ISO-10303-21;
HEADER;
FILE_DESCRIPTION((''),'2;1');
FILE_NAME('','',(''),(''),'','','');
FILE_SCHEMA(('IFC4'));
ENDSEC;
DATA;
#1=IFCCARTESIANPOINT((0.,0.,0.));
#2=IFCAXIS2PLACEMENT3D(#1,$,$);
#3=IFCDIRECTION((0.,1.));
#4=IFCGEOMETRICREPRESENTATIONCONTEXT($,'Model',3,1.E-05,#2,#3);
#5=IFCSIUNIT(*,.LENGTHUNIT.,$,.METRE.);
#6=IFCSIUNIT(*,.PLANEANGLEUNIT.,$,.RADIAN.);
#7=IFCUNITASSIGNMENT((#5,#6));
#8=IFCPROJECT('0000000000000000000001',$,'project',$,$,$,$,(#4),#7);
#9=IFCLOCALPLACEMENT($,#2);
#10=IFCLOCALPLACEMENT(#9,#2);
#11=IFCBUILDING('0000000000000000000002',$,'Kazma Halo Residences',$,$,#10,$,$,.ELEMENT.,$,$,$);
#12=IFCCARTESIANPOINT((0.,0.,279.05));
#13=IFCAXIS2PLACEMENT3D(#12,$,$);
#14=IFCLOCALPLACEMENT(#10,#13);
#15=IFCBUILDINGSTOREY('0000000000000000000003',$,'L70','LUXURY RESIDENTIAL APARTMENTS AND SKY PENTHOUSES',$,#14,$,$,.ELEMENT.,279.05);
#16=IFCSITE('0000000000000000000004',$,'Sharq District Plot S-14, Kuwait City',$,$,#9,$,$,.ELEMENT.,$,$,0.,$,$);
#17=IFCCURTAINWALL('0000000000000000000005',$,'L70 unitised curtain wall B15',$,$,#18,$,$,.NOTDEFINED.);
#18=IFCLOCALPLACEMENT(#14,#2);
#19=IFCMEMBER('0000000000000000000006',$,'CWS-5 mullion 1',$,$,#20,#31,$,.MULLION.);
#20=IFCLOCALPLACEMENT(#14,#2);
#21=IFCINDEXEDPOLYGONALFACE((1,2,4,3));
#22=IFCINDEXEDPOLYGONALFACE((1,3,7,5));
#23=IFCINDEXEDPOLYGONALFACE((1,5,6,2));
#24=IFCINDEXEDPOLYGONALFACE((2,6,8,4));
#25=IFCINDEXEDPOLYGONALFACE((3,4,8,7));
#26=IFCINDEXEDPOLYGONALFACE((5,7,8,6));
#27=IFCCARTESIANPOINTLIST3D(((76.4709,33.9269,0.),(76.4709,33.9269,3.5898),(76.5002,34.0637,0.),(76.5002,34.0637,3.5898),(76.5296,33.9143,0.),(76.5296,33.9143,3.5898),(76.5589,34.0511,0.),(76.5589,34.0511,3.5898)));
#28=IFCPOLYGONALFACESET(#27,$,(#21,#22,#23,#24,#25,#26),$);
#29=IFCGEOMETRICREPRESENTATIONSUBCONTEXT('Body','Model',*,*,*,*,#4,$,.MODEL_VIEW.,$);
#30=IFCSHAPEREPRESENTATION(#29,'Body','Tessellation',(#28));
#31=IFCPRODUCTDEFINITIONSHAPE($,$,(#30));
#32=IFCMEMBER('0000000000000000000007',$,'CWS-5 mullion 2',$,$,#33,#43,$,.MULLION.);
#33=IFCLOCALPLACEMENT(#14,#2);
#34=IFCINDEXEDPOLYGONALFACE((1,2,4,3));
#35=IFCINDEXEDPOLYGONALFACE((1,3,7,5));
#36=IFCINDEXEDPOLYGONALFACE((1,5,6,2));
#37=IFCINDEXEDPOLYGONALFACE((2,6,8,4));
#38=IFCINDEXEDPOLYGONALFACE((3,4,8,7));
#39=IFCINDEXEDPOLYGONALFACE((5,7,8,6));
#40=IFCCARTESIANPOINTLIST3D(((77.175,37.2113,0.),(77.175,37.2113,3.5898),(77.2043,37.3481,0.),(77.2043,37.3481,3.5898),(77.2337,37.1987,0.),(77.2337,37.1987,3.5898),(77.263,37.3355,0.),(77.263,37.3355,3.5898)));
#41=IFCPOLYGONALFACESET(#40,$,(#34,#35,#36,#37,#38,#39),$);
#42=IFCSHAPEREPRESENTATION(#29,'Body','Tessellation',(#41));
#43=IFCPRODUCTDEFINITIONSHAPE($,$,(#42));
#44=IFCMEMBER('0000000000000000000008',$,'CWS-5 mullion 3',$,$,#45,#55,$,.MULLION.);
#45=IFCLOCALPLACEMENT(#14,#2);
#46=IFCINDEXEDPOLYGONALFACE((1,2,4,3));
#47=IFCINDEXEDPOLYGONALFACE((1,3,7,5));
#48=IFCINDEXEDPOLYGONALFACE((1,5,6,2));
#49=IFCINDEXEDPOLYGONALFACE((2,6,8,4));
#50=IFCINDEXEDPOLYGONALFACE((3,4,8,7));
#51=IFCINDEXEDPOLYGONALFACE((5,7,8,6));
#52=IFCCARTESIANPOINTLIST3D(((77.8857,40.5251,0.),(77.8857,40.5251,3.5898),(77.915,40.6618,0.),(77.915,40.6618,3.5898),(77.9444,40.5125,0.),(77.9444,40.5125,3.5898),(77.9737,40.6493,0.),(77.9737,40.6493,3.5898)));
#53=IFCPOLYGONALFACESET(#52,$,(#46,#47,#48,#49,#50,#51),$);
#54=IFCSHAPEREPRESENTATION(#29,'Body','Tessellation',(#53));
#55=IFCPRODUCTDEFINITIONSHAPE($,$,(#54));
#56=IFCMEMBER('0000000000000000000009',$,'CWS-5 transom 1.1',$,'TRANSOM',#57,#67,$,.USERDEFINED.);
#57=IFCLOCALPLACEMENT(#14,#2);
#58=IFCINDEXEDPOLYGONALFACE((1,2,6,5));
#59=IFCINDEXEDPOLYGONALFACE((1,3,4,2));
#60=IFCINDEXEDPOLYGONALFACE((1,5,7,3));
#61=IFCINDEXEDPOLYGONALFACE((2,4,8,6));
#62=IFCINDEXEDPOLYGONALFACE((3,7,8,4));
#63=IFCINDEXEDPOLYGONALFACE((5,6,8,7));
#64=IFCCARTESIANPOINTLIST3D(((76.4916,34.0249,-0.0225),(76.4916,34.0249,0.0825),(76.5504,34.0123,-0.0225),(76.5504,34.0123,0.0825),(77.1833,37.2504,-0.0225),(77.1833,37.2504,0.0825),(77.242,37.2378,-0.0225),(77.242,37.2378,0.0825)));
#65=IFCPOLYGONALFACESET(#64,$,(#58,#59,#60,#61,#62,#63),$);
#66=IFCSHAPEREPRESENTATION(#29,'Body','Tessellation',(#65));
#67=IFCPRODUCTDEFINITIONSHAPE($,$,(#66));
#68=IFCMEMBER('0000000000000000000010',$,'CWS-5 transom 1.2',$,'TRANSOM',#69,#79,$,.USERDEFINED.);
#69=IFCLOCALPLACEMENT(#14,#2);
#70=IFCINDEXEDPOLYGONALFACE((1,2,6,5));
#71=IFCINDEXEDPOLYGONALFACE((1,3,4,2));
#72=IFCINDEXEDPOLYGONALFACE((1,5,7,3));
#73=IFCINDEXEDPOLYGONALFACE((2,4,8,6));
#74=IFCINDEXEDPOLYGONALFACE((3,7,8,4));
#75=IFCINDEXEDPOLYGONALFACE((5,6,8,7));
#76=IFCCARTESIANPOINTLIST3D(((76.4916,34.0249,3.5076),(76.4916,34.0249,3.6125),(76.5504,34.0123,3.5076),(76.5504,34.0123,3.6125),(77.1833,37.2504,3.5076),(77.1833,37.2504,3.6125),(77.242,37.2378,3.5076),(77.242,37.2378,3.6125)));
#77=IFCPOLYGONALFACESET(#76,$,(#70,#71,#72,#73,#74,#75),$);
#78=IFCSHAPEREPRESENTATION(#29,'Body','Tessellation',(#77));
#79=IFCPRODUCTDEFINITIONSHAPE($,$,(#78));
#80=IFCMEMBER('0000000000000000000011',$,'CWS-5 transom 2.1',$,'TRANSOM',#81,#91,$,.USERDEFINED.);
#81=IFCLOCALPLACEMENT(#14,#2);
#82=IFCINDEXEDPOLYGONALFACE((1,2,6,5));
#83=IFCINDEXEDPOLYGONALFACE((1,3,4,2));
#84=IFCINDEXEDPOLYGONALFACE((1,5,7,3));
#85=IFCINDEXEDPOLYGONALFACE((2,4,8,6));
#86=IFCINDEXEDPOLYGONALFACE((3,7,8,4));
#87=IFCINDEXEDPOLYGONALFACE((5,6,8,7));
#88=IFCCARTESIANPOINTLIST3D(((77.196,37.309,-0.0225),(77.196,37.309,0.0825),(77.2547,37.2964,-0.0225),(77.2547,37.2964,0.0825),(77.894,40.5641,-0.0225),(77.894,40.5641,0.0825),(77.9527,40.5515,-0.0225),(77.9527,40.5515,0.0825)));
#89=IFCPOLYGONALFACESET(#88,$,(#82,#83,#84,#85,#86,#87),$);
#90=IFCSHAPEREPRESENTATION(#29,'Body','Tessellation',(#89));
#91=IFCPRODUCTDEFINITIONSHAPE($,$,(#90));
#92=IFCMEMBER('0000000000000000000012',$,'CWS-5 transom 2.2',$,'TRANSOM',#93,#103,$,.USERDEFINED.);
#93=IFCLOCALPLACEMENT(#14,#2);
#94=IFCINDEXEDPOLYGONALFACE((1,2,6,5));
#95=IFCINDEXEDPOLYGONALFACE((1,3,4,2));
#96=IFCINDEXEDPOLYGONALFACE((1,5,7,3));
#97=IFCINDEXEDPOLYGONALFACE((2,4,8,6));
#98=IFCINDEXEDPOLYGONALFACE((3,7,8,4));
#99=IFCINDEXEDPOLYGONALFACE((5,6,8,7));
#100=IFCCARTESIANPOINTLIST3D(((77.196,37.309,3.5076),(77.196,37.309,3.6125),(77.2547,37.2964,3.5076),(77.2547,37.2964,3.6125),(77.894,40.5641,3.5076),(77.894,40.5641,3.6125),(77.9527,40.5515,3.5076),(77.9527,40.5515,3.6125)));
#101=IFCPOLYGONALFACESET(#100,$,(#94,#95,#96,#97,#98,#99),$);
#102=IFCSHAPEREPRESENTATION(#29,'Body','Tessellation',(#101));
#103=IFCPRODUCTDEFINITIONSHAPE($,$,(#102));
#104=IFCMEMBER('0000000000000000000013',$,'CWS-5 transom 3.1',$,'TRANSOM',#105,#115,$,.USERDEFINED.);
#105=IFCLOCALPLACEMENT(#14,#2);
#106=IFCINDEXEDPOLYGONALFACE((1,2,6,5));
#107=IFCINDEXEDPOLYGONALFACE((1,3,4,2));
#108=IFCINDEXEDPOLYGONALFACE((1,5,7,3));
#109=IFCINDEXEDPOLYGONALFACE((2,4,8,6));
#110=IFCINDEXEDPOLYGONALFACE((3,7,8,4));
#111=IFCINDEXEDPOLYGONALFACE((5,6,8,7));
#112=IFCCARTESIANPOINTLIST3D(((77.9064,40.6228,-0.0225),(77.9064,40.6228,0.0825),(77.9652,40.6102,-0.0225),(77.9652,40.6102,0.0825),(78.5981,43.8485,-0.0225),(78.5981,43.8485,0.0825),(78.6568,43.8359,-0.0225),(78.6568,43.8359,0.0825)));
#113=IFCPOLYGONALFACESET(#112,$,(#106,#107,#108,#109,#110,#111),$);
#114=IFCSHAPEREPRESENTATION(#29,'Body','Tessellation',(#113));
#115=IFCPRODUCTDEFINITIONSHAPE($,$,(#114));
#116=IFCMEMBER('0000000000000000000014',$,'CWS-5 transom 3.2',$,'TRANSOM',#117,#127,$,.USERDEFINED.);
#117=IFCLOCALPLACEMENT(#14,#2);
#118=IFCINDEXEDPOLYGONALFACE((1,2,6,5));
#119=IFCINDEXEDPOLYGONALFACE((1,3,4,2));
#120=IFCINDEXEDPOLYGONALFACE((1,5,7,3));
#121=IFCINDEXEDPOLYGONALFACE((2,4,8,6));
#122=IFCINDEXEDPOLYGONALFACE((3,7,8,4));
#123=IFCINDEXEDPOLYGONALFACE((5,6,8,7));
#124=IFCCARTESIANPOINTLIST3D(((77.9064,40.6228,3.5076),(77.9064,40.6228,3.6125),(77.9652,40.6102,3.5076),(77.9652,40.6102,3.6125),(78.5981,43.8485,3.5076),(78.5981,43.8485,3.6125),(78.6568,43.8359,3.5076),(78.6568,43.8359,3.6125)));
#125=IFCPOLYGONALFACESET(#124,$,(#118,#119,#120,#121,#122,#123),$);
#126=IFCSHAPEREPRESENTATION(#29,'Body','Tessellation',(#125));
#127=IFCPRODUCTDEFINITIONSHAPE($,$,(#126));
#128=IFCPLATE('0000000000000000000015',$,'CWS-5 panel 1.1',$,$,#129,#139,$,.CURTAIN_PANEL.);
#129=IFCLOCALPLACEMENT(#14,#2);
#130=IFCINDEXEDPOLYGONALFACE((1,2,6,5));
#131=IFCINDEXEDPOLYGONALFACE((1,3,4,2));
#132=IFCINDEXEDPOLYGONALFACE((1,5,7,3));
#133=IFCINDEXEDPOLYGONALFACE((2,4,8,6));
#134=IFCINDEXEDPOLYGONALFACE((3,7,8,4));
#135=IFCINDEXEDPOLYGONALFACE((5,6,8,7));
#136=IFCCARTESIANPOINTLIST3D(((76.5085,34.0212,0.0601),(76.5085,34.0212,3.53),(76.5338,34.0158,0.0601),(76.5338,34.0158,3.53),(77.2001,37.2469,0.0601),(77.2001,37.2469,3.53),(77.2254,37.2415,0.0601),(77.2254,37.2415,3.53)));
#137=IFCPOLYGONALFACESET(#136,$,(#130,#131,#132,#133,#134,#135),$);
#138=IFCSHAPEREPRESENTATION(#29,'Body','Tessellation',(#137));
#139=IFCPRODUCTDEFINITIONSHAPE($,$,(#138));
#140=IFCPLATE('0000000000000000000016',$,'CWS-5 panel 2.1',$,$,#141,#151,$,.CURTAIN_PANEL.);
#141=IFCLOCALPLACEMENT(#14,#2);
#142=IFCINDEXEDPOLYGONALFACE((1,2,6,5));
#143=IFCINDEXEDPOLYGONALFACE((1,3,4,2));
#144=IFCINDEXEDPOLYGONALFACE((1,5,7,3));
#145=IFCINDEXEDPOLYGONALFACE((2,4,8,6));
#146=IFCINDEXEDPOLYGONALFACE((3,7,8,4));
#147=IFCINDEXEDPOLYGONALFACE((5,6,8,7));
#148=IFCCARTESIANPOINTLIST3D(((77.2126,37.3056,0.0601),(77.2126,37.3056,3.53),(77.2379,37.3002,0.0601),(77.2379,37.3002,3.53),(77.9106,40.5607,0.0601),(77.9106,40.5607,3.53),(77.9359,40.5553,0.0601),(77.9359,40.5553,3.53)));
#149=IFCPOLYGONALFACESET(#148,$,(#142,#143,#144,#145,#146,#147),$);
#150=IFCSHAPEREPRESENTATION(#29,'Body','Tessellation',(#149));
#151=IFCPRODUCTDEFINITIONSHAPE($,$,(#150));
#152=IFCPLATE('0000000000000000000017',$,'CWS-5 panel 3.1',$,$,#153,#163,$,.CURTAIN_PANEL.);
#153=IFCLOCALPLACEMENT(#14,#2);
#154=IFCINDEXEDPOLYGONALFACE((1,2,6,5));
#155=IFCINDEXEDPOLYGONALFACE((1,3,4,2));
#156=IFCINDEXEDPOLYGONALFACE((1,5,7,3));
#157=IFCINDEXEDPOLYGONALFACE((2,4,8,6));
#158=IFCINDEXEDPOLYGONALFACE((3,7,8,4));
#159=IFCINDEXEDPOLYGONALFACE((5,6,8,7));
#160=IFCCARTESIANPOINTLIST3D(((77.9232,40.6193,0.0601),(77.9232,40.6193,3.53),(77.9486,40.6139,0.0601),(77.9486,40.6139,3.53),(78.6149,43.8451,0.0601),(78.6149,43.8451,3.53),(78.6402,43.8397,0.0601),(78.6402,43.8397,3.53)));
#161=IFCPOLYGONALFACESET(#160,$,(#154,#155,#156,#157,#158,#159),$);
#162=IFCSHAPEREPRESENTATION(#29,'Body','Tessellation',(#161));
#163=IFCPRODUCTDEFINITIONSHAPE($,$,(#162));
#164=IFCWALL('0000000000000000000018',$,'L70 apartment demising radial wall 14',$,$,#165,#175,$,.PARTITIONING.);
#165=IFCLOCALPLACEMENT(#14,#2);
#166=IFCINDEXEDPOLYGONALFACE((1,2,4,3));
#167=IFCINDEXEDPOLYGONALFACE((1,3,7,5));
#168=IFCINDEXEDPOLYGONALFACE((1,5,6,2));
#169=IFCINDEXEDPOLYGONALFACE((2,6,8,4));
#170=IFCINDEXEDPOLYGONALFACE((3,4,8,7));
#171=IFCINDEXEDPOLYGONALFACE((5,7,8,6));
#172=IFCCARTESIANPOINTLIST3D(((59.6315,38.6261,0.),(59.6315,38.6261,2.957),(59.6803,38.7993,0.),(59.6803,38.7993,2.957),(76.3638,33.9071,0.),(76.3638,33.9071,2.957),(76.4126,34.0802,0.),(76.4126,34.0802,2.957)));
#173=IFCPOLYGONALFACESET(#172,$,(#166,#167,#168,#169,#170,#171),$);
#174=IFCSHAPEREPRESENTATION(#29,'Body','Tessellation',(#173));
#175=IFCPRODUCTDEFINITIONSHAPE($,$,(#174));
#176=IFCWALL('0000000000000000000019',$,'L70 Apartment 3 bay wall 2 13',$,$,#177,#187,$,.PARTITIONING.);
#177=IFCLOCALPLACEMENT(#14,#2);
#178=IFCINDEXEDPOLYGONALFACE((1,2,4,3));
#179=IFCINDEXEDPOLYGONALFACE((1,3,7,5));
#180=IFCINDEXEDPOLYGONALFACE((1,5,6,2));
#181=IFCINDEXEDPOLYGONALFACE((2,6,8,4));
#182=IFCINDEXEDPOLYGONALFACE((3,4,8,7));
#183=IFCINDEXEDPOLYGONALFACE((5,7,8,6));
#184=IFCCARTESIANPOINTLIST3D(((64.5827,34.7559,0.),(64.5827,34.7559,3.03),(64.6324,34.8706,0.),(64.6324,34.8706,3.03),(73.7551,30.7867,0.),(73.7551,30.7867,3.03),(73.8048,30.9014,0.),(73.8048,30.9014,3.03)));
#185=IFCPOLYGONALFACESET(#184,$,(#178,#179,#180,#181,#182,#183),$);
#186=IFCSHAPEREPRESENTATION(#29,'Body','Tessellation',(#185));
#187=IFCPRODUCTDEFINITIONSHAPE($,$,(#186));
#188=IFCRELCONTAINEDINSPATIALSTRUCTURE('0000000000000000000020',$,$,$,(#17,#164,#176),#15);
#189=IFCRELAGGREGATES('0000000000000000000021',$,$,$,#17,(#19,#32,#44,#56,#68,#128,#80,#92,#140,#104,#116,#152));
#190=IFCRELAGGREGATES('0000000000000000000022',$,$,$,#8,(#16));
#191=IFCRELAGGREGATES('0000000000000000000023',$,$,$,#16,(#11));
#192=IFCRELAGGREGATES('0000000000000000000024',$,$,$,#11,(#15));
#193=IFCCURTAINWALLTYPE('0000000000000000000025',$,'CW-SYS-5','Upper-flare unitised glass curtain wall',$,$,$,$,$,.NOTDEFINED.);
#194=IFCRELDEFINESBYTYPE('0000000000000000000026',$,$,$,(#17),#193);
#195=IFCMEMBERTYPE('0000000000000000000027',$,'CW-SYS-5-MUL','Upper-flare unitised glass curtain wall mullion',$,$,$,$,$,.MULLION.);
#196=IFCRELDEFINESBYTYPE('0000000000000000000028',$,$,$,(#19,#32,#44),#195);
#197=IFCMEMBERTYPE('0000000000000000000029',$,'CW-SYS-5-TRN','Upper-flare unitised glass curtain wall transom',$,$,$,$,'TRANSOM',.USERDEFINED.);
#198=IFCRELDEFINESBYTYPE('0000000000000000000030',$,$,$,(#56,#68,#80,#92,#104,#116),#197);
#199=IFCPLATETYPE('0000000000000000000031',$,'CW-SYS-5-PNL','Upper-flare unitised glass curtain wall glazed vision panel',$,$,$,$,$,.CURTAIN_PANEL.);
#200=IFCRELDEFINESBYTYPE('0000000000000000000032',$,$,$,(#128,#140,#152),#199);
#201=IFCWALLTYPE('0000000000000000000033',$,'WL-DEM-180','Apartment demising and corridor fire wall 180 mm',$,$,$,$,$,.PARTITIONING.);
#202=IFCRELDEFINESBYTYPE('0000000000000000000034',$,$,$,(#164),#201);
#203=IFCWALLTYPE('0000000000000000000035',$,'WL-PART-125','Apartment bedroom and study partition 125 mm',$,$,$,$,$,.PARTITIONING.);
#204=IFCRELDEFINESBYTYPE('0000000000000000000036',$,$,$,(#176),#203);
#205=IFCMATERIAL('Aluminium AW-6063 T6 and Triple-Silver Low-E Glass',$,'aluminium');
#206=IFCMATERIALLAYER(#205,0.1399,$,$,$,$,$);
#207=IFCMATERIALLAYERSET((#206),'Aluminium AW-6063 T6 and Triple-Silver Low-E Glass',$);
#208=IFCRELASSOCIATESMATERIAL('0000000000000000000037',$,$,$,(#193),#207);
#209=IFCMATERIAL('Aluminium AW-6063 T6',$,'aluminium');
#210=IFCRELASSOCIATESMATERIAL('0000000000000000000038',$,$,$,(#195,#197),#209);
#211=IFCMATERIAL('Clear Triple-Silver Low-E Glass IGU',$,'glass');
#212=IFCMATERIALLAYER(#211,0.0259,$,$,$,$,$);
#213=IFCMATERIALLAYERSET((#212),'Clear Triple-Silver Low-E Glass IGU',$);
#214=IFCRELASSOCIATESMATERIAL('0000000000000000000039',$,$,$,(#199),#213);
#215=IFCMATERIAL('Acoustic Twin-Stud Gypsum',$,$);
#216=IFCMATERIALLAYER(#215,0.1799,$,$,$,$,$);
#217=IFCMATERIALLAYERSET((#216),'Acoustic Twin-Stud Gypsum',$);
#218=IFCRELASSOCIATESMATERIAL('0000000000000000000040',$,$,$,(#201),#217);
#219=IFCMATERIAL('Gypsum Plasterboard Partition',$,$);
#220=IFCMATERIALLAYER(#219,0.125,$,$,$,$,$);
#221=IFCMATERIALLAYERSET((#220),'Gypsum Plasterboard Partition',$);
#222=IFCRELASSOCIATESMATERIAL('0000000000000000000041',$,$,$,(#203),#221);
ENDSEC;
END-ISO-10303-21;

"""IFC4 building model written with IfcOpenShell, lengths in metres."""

from ifc_helpers import new_model, si_unit, direction, frame, frame_2d, origin, origin_2d, place, context, subcontext, project, spatial, rectangle, extrude, material, layer, layer_set, material_profile, profile_set, type_object, element, aggregate, save


model = new_model("IFC4")

# Units and contexts
model_context = context("Model", 3, precision=1e-05, world=origin(), true_north=direction((0.0, 1.0)))
body_context = subcontext(model_context, "Body", "Model", "MODEL_VIEW")
ifc_project = project(units=[si_unit("LENGTHUNIT", "METRE"), si_unit("PLANEANGLEUNIT", "RADIAN")], contexts=[model_context])

# Site, building, storey
site_placement = place(None, origin())
site = spatial("IfcSite", under=ifc_project, at=site_placement, Name="Sharq District Plot S-14, Kuwait City", CompositionType="ELEMENT", RefElevation=0.0)
building_placement = place(site_placement, origin())
building = spatial("IfcBuilding", under=site, at=building_placement, Name="Kazma Halo Residences", CompositionType="ELEMENT")
storey_placement = place(building_placement, frame((0.0, 0.0, 279.05)))
storey = spatial("IfcBuildingStorey", under=building, at=storey_placement, Name="L70", Description="LUXURY RESIDENTIAL APARTMENTS AND SKY PENTHOUSES", CompositionType="ELEMENT", Elevation=279.05)

# Curtain wall, members, plates
ifc_material_1 = material(Name="Aluminium AW-6063 T6 and Triple-Silver Low-E Glass", Category="aluminium")
ifc_layer_1 = layer(ifc_material_1, 0.1399)
ifc_layer_set_1 = layer_set([ifc_layer_1], Name="Aluminium AW-6063 T6 and Triple-Silver Low-E Glass")
curtain_wall_type = type_object("IfcCurtainWallType", Name="CW-SYS-5", Description="Upper-flare unitised glass curtain wall", PredefinedType="NOTDEFINED", material=ifc_layer_set_1)
curtain_wall_placement = place(storey_placement, origin())
curtain_wall = element("IfcCurtainWall", 1, at=curtain_wall_placement, inside=storey, type_object=curtain_wall_type, Name="L70 unitised curtain wall B15", PredefinedType="NOTDEFINED")
ifc_material_2 = material(Name="Aluminium AW-6063 T6", Category="aluminium")
ifc_material_profile_1 = material_profile(ifc_material_2, rectangle(XDim=0.0601, YDim=0.1399, at=origin_2d()), Name="CWM-60x140")
ifc_profile_set_1 = profile_set([ifc_material_profile_1], Name="Aluminium AW-6063 T6")
member_type_1 = type_object("IfcMemberType", Name="CW-SYS-5-MUL", Description="Upper-flare unitised glass curtain wall mullion", PredefinedType="MULLION", material=ifc_profile_set_1)
member_1_placement = place(storey_placement, frame((76.5149, 33.989, 0.0), z_axis=(0.0, 0.0, 1.0), x_axis=(-0.977775, 0.209657, 0.0)))
member_1 = element("IfcMember", 2, at=member_1_placement, type_object=member_type_1, Name="CWS-5 mullion 1", PredefinedType="MULLION", context=body_context, shape_type="SweptSolid", body=[
    extrude(rectangle(XDim=0.0601, YDim=0.1399, at=origin_2d()), origin(), (0.0, 0.0, 1.0), 3.5898),
])
member_2_placement = place(storey_placement, frame((77.219, 37.2734, 0.0), z_axis=(0.0, 0.0, 1.0), x_axis=(-0.977775, 0.209657, 0.0)))
member_2 = element("IfcMember", 3, at=member_2_placement, type_object=member_type_1, Name="CWS-5 mullion 2", PredefinedType="MULLION", context=body_context, shape_type="SweptSolid", body=[
    extrude(rectangle(XDim=0.0601, YDim=0.1399, at=origin_2d()), origin(), (0.0, 0.0, 1.0), 3.5898),
])
member_3_placement = place(storey_placement, frame((77.9297, 40.5872, 0.0), z_axis=(0.0, 0.0, 1.0), x_axis=(-0.977775, 0.209657, 0.0)))
member_3 = element("IfcMember", 4, at=member_3_placement, type_object=member_type_1, Name="CWS-5 mullion 3", PredefinedType="MULLION", context=body_context, shape_type="SweptSolid", body=[
    extrude(rectangle(XDim=0.0601, YDim=0.1399, at=origin_2d()), origin(), (0.0, 0.0, 1.0), 3.5898),
])
ifc_material_profile_2 = material_profile(ifc_material_2, rectangle(XDim=0.0601, YDim=0.105, at=origin_2d()), Name="CWT-60x105")
ifc_profile_set_2 = profile_set([ifc_material_profile_2], Name="Aluminium AW-6063 T6")
member_type_2 = type_object("IfcMemberType", Name="CW-SYS-5-TRN", Description="Upper-flare unitised glass curtain wall transom", ElementType="TRANSOM", PredefinedType="USERDEFINED", material=ifc_profile_set_2)
member_4_placement = place(storey_placement, frame((76.521, 34.0186, 0.03), z_axis=(0.20966, 0.977774, 0.0), x_axis=(-0.977774, 0.20966, 0.0)))
member_4 = element("IfcMember", 5, at=member_4_placement, type_object=member_type_2, Name="CWS-5 transom 1.1", ObjectType="TRANSOM", PredefinedType="USERDEFINED", context=body_context, shape_type="SweptSolid", body=[
    extrude(rectangle(XDim=0.0601, YDim=0.105, at=origin_2d()), origin(), (0.0, 0.0, 1.0), 3.2988),
])
member_5_placement = place(storey_placement, frame((76.521, 34.0186, 3.5601), z_axis=(0.20966, 0.977774, 0.0), x_axis=(-0.977774, 0.20966, 0.0)))
member_5 = element("IfcMember", 6, at=member_5_placement, type_object=member_type_2, Name="CWS-5 transom 1.2", ObjectType="TRANSOM", PredefinedType="USERDEFINED", context=body_context, shape_type="SweptSolid", body=[
    extrude(rectangle(XDim=0.0601, YDim=0.105, at=origin_2d()), origin(), (0.0, 0.0, 1.0), 3.2988),
])
member_6_placement = place(storey_placement, frame((77.2253, 37.3027, 0.03), z_axis=(0.209664, 0.977773, 0.0), x_axis=(-0.977773, 0.209664, 0.0)))
member_6 = element("IfcMember", 7, at=member_6_placement, type_object=member_type_2, Name="CWS-5 transom 2.1", ObjectType="TRANSOM", PredefinedType="USERDEFINED", context=body_context, shape_type="SweptSolid", body=[
    extrude(rectangle(XDim=0.0601, YDim=0.105, at=origin_2d()), origin(), (0.0, 0.0, 1.0), 3.3291),
])
member_7_placement = place(storey_placement, frame((77.2253, 37.3027, 3.5601), z_axis=(0.209664, 0.977773, 0.0), x_axis=(-0.977773, 0.209664, 0.0)))
member_7 = element("IfcMember", 8, at=member_7_placement, type_object=member_type_2, Name="CWS-5 transom 2.2", ObjectType="TRANSOM", PredefinedType="USERDEFINED", context=body_context, shape_type="SweptSolid", body=[
    extrude(rectangle(XDim=0.0601, YDim=0.105, at=origin_2d()), origin(), (0.0, 0.0, 1.0), 3.3291),
])
member_8_placement = place(storey_placement, frame((77.9358, 40.6165, 0.03), z_axis=(0.209645, 0.977777, 0.0), x_axis=(-0.977777, 0.209645, 0.0)))
member_8 = element("IfcMember", 9, at=member_8_placement, type_object=member_type_2, Name="CWS-5 transom 3.1", ObjectType="TRANSOM", PredefinedType="USERDEFINED", context=body_context, shape_type="SweptSolid", body=[
    extrude(rectangle(XDim=0.0601, YDim=0.105, at=origin_2d()), origin(), (0.0, 0.0, 1.0), 3.2991),
])
member_9_placement = place(storey_placement, frame((77.9358, 40.6165, 3.5601), z_axis=(0.209645, 0.977777, 0.0), x_axis=(-0.977777, 0.209645, 0.0)))
member_9 = element("IfcMember", 10, at=member_9_placement, type_object=member_type_2, Name="CWS-5 transom 3.2", ObjectType="TRANSOM", PredefinedType="USERDEFINED", context=body_context, shape_type="SweptSolid", body=[
    extrude(rectangle(XDim=0.0601, YDim=0.105, at=origin_2d()), origin(), (0.0, 0.0, 1.0), 3.2991),
])
ifc_material_3 = material(Name="Clear Triple-Silver Low-E Glass IGU", Category="glass")
ifc_layer_2 = layer(ifc_material_3, 0.0259)
ifc_layer_set_2 = layer_set([ifc_layer_2], Name="Clear Triple-Silver Low-E Glass IGU")
plate_type = type_object("IfcPlateType", Name="CW-SYS-5-PNL", Description="Upper-flare unitised glass curtain wall glazed vision panel", PredefinedType="CURTAIN_PANEL", material=ifc_layer_set_2)
plate_1_placement = place(storey_placement, frame((76.8669, 35.6313, 0.0601), z_axis=(0.0, 0.0, 1.0), x_axis=(0.209657, 0.977775, 0.0)))
plate_1 = element("IfcPlate", 11, at=plate_1_placement, type_object=plate_type, Name="CWS-5 panel 1.1", PredefinedType="CURTAIN_PANEL", context=body_context, shape_type="SweptSolid", body=[
    extrude(rectangle(XDim=3.2991, YDim=0.0259, at=origin_2d()), origin(), (0.0, 0.0, 1.0), 3.47),
])
plate_2_placement = place(storey_placement, frame((77.5742, 38.9304, 0.0601), z_axis=(0.0, 0.0, 1.0), x_axis=(0.209657, 0.977775, 0.0)))
plate_2 = element("IfcPlate", 12, at=plate_2_placement, type_object=plate_type, Name="CWS-5 panel 2.1", PredefinedType="CURTAIN_PANEL", context=body_context, shape_type="SweptSolid", body=[
    extrude(rectangle(XDim=3.3291, YDim=0.0259, at=origin_2d()), origin(), (0.0, 0.0, 1.0), 3.47),
])
plate_3_placement = place(storey_placement, frame((78.2817, 42.2295, 0.0601), z_axis=(0.0, 0.0, 1.0), x_axis=(0.209657, 0.977775, 0.0)))
plate_3 = element("IfcPlate", 13, at=plate_3_placement, type_object=plate_type, Name="CWS-5 panel 3.1", PredefinedType="CURTAIN_PANEL", context=body_context, shape_type="SweptSolid", body=[
    extrude(rectangle(XDim=3.2991, YDim=0.0259, at=origin_2d()), origin(), (0.0, 0.0, 1.0), 3.47),
])
aggregate(curtain_wall, [member_1, member_2, member_3, member_4, member_5, plate_1, member_6, member_7, plate_2, member_8, member_9, plate_3])

# Walls
ifc_material_4 = material(Name="Acoustic Twin-Stud Gypsum")
ifc_layer_3 = layer(ifc_material_4, 0.1799)
ifc_layer_set_3 = layer_set([ifc_layer_3], Name="Acoustic Twin-Stud Gypsum")
wall_type_1 = type_object("IfcWallType", Name="WL-DEM-180", Description="Apartment demising and corridor fire wall 180 mm", PredefinedType="PARTITIONING", material=ifc_layer_set_3)
wall_1_placement = place(storey_placement, frame((59.656, 38.7126, 0.0), z_axis=(0.0, 0.0, 1.0), x_axis=(0.962455, -0.271442, 0.0)))
element("IfcWall", 14, at=wall_1_placement, inside=storey, type_object=wall_type_1, Name="L70 apartment demising radial wall 14", PredefinedType="PARTITIONING", context=body_context, shape_type="SweptSolid", body=[
    extrude(rectangle(XDim=17.385, YDim=0.1799, at=frame_2d((8.6924, 0.0))), origin(), (0.0, 0.0, 1.0), 2.957),
])
ifc_material_5 = material(Name="Gypsum Plasterboard Partition")
ifc_layer_4 = layer(ifc_material_5, 0.125)
ifc_layer_set_4 = layer_set([ifc_layer_4], Name="Gypsum Plasterboard Partition")
wall_type_2 = type_object("IfcWallType", Name="WL-PART-125", Description="Apartment bedroom and study partition 125 mm", PredefinedType="PARTITIONING", material=ifc_layer_set_4)
wall_2_placement = place(storey_placement, frame((64.6077, 34.8132, 0.0), z_axis=(0.0, 0.0, 1.0), x_axis=(0.917755, -0.397148, 0.0)))
element("IfcWall", 15, at=wall_2_placement, inside=storey, type_object=wall_type_2, Name="L70 Apartment 3 bay wall 2 13", PredefinedType="PARTITIONING", context=body_context, shape_type="SweptSolid", body=[
    extrude(rectangle(XDim=9.9944, YDim=0.125, at=frame_2d((4.9971, 0.0))), origin(), (0.0, 0.0, 1.0), 3.03),
])

save(model, "model.ifc")
